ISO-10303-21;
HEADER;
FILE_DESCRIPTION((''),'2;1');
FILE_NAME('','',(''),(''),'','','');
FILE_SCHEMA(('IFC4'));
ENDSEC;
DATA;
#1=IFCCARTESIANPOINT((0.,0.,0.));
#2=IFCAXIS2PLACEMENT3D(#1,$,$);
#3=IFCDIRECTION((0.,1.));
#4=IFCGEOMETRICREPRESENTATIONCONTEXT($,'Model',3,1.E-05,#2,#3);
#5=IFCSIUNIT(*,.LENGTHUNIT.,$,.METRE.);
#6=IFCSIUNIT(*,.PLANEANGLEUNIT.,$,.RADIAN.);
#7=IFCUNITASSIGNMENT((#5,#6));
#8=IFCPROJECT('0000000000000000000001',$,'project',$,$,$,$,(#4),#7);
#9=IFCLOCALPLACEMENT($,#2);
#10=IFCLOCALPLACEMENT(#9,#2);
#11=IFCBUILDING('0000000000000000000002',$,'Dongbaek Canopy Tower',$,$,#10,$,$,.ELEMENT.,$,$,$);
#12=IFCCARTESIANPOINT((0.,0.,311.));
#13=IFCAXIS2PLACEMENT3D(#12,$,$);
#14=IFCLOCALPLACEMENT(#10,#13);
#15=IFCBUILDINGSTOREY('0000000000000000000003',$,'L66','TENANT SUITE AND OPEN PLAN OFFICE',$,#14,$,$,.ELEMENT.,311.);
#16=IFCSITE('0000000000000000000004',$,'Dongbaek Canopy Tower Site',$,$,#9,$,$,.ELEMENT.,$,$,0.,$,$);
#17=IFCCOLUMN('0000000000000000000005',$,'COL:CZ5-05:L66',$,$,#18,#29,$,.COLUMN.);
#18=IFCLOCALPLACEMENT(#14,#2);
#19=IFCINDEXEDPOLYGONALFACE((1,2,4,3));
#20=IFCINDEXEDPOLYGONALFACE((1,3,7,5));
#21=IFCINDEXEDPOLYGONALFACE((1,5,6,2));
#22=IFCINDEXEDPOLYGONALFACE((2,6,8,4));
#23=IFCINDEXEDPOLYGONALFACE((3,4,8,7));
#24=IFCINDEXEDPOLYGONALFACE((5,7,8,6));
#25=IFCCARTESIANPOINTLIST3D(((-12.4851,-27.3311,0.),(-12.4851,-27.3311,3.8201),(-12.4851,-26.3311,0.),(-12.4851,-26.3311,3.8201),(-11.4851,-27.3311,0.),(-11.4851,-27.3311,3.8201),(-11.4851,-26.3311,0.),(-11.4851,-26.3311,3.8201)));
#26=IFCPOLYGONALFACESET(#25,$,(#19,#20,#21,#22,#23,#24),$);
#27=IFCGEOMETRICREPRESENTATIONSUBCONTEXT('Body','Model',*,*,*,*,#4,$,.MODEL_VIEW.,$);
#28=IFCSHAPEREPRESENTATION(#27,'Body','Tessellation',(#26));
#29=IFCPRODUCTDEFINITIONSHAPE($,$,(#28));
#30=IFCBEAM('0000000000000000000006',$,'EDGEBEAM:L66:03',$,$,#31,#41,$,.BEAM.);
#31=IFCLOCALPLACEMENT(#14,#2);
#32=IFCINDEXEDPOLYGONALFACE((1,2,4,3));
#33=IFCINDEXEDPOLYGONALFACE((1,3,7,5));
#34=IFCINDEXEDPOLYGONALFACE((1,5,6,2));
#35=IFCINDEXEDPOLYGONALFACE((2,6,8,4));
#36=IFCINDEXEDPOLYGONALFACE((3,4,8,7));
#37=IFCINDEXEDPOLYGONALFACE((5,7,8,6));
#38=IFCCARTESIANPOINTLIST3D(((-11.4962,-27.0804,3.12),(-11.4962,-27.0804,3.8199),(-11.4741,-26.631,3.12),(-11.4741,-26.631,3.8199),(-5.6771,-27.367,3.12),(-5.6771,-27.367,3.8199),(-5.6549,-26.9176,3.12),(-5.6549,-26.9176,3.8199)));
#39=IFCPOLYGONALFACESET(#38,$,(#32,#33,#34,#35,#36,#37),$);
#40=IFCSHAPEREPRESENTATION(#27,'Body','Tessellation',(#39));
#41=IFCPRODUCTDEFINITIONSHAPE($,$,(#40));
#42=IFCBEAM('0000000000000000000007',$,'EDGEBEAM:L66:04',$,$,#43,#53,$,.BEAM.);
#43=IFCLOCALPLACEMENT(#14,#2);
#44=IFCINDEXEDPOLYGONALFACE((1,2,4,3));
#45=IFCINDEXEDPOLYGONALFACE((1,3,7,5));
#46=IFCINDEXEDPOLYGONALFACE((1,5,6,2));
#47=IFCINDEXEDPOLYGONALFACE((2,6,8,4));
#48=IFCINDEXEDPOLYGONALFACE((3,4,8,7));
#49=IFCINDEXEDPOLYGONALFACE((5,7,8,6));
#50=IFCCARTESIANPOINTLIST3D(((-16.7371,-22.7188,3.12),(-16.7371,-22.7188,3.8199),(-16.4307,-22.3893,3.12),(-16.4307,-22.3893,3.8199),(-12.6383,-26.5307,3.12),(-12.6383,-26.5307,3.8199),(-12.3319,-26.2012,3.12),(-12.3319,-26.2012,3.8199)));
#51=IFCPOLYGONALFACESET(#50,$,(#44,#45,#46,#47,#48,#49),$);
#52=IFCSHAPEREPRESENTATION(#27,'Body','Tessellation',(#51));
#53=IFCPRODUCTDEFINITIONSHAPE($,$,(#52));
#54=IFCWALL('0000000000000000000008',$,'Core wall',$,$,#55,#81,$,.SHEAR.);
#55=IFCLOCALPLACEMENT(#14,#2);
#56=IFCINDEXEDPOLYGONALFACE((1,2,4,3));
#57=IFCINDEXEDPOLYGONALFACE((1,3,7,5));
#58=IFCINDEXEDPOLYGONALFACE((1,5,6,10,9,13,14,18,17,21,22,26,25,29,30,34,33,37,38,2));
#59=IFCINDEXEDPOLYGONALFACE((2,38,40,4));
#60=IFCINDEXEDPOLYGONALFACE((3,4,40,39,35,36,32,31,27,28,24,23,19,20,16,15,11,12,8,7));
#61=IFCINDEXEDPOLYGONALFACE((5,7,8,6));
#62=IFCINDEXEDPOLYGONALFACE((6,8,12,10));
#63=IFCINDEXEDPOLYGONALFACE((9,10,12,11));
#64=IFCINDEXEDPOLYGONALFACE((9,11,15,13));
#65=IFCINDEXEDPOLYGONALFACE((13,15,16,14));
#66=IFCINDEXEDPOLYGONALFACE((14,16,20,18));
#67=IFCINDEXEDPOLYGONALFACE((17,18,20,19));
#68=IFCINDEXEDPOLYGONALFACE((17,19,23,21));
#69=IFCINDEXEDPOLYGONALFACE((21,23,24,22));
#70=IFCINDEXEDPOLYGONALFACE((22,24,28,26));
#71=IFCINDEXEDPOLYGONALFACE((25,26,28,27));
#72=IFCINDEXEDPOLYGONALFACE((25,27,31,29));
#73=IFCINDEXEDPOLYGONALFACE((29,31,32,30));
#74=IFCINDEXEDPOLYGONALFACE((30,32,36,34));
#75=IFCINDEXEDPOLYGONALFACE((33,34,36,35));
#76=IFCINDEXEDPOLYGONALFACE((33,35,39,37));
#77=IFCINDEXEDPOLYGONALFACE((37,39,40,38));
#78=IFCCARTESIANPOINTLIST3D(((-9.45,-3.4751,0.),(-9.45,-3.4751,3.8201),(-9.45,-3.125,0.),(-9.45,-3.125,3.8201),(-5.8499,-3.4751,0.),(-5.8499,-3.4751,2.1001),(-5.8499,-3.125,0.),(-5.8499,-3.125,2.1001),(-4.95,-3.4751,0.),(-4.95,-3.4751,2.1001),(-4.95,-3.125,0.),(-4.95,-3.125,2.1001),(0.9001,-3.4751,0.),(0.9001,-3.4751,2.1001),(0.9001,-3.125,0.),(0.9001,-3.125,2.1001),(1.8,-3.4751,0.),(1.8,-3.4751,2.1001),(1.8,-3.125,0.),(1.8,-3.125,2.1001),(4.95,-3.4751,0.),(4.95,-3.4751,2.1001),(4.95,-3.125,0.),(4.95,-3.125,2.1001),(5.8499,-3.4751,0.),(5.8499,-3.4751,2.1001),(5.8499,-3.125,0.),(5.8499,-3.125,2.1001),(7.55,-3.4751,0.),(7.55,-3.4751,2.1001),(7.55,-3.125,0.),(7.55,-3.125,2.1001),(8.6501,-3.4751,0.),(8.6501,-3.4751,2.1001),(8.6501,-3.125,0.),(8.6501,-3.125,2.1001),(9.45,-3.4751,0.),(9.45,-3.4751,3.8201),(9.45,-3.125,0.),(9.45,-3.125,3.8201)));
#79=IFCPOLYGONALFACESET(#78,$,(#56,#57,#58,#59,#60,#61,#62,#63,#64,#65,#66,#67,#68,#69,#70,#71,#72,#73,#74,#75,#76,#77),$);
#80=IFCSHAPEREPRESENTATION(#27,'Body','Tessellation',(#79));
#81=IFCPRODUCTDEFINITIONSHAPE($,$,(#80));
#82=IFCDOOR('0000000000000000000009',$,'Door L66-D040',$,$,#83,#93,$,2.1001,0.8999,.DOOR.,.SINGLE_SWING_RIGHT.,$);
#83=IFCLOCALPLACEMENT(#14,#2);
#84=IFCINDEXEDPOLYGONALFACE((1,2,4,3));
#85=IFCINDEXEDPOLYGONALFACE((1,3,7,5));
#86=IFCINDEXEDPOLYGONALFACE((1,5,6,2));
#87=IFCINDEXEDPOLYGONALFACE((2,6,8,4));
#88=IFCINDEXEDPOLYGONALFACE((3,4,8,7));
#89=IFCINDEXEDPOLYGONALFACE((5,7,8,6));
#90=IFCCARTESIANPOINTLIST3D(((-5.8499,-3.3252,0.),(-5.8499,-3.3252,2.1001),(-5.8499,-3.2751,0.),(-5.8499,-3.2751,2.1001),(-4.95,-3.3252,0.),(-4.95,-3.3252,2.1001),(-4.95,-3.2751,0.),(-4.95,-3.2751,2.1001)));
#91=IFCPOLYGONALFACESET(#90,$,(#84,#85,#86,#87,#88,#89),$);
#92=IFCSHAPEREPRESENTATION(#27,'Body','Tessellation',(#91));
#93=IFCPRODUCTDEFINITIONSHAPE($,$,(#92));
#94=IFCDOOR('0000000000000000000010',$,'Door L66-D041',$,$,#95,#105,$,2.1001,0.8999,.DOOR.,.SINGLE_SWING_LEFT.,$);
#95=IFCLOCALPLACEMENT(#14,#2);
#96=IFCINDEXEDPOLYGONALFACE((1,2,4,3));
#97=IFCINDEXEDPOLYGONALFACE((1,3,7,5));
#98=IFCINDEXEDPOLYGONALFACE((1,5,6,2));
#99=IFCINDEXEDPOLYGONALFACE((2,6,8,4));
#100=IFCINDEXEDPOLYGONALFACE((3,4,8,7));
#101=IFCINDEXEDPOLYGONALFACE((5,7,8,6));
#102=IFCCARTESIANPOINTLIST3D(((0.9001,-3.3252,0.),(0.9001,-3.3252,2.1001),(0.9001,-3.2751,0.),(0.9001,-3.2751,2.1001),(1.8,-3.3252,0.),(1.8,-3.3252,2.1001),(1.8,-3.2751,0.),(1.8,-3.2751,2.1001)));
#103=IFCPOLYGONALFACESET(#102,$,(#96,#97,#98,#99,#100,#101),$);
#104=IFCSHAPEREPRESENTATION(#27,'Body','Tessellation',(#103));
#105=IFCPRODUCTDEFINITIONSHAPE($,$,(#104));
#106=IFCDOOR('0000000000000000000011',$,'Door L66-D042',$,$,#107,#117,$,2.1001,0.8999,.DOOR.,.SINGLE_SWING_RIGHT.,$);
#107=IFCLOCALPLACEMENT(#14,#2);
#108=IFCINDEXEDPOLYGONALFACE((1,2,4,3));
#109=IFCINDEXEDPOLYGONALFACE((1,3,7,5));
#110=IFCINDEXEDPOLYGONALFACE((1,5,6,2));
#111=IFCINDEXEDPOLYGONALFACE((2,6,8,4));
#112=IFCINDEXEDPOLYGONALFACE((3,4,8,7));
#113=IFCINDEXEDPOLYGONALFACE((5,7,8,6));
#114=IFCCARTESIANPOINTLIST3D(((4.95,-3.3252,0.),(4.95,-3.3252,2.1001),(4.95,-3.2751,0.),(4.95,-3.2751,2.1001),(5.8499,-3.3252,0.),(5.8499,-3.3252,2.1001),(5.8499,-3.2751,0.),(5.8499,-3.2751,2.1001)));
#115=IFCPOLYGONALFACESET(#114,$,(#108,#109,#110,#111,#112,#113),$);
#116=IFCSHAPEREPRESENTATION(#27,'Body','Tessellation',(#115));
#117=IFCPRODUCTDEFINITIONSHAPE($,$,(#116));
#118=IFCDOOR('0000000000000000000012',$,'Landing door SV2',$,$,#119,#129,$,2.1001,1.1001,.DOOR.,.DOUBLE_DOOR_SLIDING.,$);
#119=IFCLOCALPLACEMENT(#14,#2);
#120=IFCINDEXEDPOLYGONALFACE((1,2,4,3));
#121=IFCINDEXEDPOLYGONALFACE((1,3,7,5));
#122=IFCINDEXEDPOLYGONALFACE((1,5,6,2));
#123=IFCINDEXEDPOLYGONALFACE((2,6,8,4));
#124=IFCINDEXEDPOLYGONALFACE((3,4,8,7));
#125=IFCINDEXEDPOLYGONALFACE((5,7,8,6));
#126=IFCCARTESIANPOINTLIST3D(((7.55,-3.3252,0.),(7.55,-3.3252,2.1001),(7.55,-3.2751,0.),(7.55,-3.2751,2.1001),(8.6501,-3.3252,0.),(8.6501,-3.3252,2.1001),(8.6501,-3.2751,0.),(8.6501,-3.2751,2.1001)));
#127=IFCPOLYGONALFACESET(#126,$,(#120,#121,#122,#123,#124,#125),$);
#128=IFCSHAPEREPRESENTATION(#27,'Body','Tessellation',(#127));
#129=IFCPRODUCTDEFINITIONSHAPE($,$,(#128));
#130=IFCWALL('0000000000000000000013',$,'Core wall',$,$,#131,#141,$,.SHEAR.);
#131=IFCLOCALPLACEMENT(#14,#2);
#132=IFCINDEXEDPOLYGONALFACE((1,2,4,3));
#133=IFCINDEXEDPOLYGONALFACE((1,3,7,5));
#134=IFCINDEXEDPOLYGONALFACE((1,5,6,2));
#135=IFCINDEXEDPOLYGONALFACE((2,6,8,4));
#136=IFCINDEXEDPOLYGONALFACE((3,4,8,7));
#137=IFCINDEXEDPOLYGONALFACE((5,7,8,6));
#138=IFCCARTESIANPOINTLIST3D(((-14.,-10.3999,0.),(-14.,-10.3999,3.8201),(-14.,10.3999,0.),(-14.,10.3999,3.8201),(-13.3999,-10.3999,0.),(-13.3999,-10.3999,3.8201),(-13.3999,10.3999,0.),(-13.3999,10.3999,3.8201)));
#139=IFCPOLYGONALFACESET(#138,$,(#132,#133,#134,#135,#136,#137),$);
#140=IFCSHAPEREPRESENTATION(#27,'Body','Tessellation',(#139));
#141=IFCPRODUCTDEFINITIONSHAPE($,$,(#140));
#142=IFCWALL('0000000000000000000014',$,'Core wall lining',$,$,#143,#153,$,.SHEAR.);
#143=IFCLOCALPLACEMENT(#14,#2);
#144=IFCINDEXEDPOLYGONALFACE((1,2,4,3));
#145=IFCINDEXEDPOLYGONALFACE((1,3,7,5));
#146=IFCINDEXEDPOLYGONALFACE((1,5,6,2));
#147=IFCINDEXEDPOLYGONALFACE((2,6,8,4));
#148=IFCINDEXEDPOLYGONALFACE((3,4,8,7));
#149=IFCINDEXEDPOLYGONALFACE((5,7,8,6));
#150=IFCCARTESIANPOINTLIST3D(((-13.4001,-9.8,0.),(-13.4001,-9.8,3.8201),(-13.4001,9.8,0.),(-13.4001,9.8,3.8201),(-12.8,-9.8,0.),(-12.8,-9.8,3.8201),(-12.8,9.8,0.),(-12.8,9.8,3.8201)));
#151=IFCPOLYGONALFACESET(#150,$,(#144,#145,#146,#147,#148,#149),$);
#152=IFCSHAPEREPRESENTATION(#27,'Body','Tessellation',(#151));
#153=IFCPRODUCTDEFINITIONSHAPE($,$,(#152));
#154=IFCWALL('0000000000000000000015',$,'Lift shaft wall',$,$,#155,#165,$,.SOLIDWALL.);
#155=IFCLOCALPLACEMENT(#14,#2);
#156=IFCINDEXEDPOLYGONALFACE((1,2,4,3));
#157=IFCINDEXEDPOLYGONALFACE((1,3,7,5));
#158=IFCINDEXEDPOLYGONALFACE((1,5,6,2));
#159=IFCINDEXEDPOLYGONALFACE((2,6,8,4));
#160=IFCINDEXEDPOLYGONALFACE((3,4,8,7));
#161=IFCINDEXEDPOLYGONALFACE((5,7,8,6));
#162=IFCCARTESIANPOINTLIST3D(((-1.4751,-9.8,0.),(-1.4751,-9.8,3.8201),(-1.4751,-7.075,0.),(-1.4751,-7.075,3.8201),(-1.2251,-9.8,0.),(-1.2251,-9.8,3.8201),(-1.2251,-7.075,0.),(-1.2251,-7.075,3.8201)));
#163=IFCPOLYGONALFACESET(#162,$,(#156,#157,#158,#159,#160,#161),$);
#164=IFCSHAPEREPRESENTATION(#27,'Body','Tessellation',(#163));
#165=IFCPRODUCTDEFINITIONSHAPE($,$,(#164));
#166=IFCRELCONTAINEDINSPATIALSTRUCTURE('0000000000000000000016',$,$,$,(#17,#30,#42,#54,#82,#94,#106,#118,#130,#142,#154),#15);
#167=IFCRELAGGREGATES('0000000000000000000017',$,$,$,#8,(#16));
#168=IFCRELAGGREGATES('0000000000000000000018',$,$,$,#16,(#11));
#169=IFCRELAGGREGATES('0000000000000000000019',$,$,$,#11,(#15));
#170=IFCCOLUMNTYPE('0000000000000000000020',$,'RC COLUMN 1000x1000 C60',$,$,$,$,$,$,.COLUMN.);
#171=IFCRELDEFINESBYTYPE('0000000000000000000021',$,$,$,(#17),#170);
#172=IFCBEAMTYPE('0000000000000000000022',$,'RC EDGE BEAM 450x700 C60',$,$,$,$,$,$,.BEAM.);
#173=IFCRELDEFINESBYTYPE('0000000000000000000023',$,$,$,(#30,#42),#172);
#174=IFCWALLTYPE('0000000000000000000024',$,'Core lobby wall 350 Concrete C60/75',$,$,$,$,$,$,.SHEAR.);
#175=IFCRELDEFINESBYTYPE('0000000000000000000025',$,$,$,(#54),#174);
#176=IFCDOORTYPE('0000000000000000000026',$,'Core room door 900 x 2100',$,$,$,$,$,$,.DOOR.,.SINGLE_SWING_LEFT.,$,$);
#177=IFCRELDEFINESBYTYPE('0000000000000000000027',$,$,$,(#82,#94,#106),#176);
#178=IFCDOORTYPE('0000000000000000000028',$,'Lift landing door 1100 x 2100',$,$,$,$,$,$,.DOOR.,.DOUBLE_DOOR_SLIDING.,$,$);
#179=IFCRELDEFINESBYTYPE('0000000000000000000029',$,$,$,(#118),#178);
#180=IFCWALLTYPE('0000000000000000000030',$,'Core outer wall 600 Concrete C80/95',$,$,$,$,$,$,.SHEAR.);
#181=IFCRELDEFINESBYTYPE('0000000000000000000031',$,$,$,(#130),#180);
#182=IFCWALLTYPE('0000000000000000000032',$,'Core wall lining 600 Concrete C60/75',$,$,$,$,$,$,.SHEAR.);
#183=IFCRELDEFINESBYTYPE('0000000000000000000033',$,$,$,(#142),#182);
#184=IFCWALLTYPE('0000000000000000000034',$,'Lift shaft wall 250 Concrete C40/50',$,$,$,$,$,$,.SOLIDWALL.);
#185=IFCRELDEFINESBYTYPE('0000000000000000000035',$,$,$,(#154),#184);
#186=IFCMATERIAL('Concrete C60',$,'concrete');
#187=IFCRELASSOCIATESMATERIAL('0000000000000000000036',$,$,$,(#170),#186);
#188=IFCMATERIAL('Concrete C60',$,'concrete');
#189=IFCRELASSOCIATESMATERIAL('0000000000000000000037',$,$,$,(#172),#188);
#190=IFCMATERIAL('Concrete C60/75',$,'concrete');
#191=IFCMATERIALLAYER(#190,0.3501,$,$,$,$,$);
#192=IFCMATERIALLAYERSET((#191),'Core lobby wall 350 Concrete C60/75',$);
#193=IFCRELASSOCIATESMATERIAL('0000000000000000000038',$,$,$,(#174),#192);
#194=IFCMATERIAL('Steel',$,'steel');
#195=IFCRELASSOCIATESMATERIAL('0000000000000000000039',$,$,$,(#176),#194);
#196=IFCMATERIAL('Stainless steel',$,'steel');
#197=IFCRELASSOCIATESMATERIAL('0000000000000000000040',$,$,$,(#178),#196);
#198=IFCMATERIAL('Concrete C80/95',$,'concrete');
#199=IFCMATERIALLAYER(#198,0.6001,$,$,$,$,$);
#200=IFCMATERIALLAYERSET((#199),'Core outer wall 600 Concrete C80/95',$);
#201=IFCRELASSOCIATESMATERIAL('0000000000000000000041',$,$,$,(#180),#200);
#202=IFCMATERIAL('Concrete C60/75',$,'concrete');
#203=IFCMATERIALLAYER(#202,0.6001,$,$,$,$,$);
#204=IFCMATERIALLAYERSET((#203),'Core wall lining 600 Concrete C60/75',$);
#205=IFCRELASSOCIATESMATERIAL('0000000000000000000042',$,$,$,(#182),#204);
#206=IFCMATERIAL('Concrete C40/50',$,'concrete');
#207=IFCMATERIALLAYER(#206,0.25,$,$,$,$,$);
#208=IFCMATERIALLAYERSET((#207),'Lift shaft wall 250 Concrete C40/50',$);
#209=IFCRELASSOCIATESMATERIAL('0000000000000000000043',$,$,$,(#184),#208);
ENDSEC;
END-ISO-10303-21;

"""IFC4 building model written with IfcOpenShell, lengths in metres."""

from ifc_helpers import new_model, si_unit, direction, frame, frame_2d, origin, origin_2d, place, context, subcontext, project, spatial, rectangle, extrude, material, layer, layer_set, material_profile, profile_set, type_object, element, fill, save


model = new_model("IFC4")

# Units and contexts
model_context = context("Model", 3, precision=1e-05, world=origin(), true_north=direction((0.0, 1.0)))
body_context = subcontext(model_context, "Body", "Model", "MODEL_VIEW")
ifc_project = project(units=[si_unit("LENGTHUNIT", "METRE"), si_unit("PLANEANGLEUNIT", "RADIAN")], contexts=[model_context])

# Site, building, storey
site_placement = place(None, origin())
site = spatial("IfcSite", under=ifc_project, at=site_placement, Name="Dongbaek Canopy Tower Site", CompositionType="ELEMENT", RefElevation=0.0)
building_placement = place(site_placement, origin())
building = spatial("IfcBuilding", under=site, at=building_placement, Name="Dongbaek Canopy Tower", CompositionType="ELEMENT")
storey_placement = place(building_placement, frame((0.0, 0.0, 311.0)))
storey = spatial("IfcBuildingStorey", under=building, at=storey_placement, Name="L66", Description="TENANT SUITE AND OPEN PLAN OFFICE", CompositionType="ELEMENT", Elevation=311.0)

# Column
ifc_material_1 = material(Name="Concrete C60", Category="concrete")
ifc_material_profile_1 = material_profile(ifc_material_1, rectangle(XDim=1.0, YDim=1.0, at=origin_2d()), Name="RC COLUMN 1000x1000 C60")
ifc_profile_set_1 = profile_set([ifc_material_profile_1], Name="Concrete C60")
column_type = type_object("IfcColumnType", Name="RC COLUMN 1000x1000 C60", PredefinedType="COLUMN", material=ifc_profile_set_1)
column_placement = place(storey_placement, frame((-11.9851, -26.8311, 0.0), z_axis=(0.0, 0.0, 1.0), x_axis=(1.0, 0.0, 0.0)))
element("IfcColumn", 1, at=column_placement, inside=storey, type_object=column_type, Name="COL:CZ5-05:L66", PredefinedType="COLUMN", context=body_context, shape_type="SweptSolid", body=[
    extrude(rectangle(XDim=1.0, YDim=1.0, at=origin_2d()), origin(), (0.0, 0.0, 1.0), 3.8201),
])

# Beams
ifc_material_2 = material(Name="Concrete C60", Category="concrete")
ifc_material_profile_2 = material_profile(ifc_material_2, rectangle(XDim=0.45, YDim=0.7, at=origin_2d()), Name="RC EDGE BEAM 450x700 C60")
ifc_profile_set_2 = profile_set([ifc_material_profile_2], Name="Concrete C60")
beam_type = type_object("IfcBeamType", Name="RC EDGE BEAM 450x700 C60", PredefinedType="BEAM", material=ifc_profile_set_2)
beam_1_placement = place(storey_placement, frame((-5.666, -27.1423, 3.47), z_axis=(-0.998789, 0.049196, 0.0), x_axis=(-0.049196, -0.998789, 0.0)))
element("IfcBeam", 2, at=beam_1_placement, inside=storey, type_object=beam_type, Name="EDGEBEAM:L66:03", PredefinedType="BEAM", context=body_context, shape_type="SweptSolid", body=[
    extrude(rectangle(XDim=0.45, YDim=0.7, at=origin_2d()), origin(), (0.0, 0.0, 1.0), 5.8262),
])
beam_2_placement = place(storey_placement, frame((-12.4851, -26.366, 3.47), z_axis=(-0.732267, 0.681018, 0.0), x_axis=(-0.681018, -0.732267, 0.0)))
element("IfcBeam", 3, at=beam_2_placement, inside=storey, type_object=beam_type, Name="EDGEBEAM:L66:04", PredefinedType="BEAM", context=body_context, shape_type="SweptSolid", body=[
    extrude(rectangle(XDim=0.45, YDim=0.7, at=origin_2d()), origin(), (0.0, 0.0, 1.0), 5.5974),
])

# Wall, openings, doors
ifc_material_3 = material(Name="Concrete C60/75", Category="concrete")
ifc_layer_1 = layer(ifc_material_3, 0.3501)
ifc_layer_set_1 = layer_set([ifc_layer_1], Name="Core lobby wall 350 Concrete C60/75")
wall_type_1 = type_object("IfcWallType", Name="Core lobby wall 350 Concrete C60/75", PredefinedType="SHEAR", material=ifc_layer_set_1)
wall_1_placement = place(storey_placement, frame((-9.45, -3.3, 0.0), z_axis=(0.0, 0.0, 1.0), x_axis=(1.0, 0.0, 0.0)))
wall_1 = element("IfcWall", 4, at=wall_1_placement, inside=storey, type_object=wall_type_1, Name="Core wall", PredefinedType="SHEAR", context=body_context, shape_type="SweptSolid", body=[
    extrude(rectangle(XDim=18.8999, YDim=0.3501, at=frame_2d((9.45, 0.0))), origin(), (0.0, 0.0, 1.0), 3.8201),
])
opening_1_placement = place(wall_1_placement, frame((17.0, 0.0, 0.0)))
opening_1 = element("IfcOpeningElement", 5, at=opening_1_placement, cuts=wall_1, PredefinedType="OPENING", context=body_context, shape_type="SweptSolid", body=[
    extrude(rectangle(XDim=1.1001, YDim=2.1001, at=frame_2d((0.55, 1.05))), frame((0.0, 0.1851, 0.0), z_axis=(0.0, -1.0, 0.0), x_axis=(1.0, 0.0, 0.0)), (0.0, 0.0, 1.0), 0.3701),
])
opening_2_placement = place(wall_1_placement, frame((3.6001, 0.0, 0.0)))
opening_2 = element("IfcOpeningElement", 6, at=opening_2_placement, cuts=wall_1, PredefinedType="OPENING", context=body_context, shape_type="SweptSolid", body=[
    extrude(rectangle(XDim=0.8999, YDim=2.1001, at=frame_2d((0.45, 1.05))), frame((0.0, 0.1851, 0.0), z_axis=(0.0, -1.0, 0.0), x_axis=(1.0, 0.0, 0.0)), (0.0, 0.0, 1.0), 0.3701),
])
opening_3_placement = place(wall_1_placement, frame((10.3501, 0.0, 0.0)))
opening_3 = element("IfcOpeningElement", 7, at=opening_3_placement, cuts=wall_1, PredefinedType="OPENING", context=body_context, shape_type="SweptSolid", body=[
    extrude(rectangle(XDim=0.8999, YDim=2.1001, at=frame_2d((0.45, 1.05))), frame((0.0, 0.1851, 0.0), z_axis=(0.0, -1.0, 0.0), x_axis=(1.0, 0.0, 0.0)), (0.0, 0.0, 1.0), 0.3701),
])
opening_4_placement = place(wall_1_placement, frame((14.3999, 0.0, 0.0)))
opening_4 = element("IfcOpeningElement", 8, at=opening_4_placement, cuts=wall_1, PredefinedType="OPENING", context=body_context, shape_type="SweptSolid", body=[
    extrude(rectangle(XDim=0.8999, YDim=2.1001, at=frame_2d((0.45, 1.05))), frame((0.0, 0.1851, 0.0), z_axis=(0.0, -1.0, 0.0), x_axis=(1.0, 0.0, 0.0)), (0.0, 0.0, 1.0), 0.3701),
])
ifc_material_4 = material(Name="Steel", Category="steel")
door_type_1 = type_object("IfcDoorType", Name="Core room door 900 x 2100", OperationType="SINGLE_SWING_LEFT", PredefinedType="DOOR", material=ifc_material_4)
door_1_placement = place(opening_2_placement, origin())
door_1 = element("IfcDoor", 9, at=door_1_placement, inside=storey, type_object=door_type_1, Name="Door L66-D040", OperationType="SINGLE_SWING_RIGHT", OverallHeight=2.1001, OverallWidth=0.8999, PredefinedType="DOOR", context=body_context, shape_type="SweptSolid", body=[
    extrude(rectangle(XDim=0.8999, YDim=2.1001, at=frame_2d((0.45, 1.05))), frame((0.0, 0.0249, 0.0), z_axis=(0.0, -1.0, 0.0), x_axis=(1.0, 0.0, 0.0)), (0.0, 0.0, 1.0), 0.05),
])
fill(opening_2, door_1)
door_2_placement = place(opening_3_placement, origin())
door_2 = element("IfcDoor", 10, at=door_2_placement, inside=storey, type_object=door_type_1, Name="Door L66-D041", OperationType="SINGLE_SWING_LEFT", OverallHeight=2.1001, OverallWidth=0.8999, PredefinedType="DOOR", context=body_context, shape_type="SweptSolid", body=[
    extrude(rectangle(XDim=0.8999, YDim=2.1001, at=frame_2d((0.45, 1.05))), frame((0.0, 0.0249, 0.0), z_axis=(0.0, -1.0, 0.0), x_axis=(1.0, 0.0, 0.0)), (0.0, 0.0, 1.0), 0.05),
])
fill(opening_3, door_2)
door_3_placement = place(opening_4_placement, origin())
door_3 = element("IfcDoor", 11, at=door_3_placement, inside=storey, type_object=door_type_1, Name="Door L66-D042", OperationType="SINGLE_SWING_RIGHT", OverallHeight=2.1001, OverallWidth=0.8999, PredefinedType="DOOR", context=body_context, shape_type="SweptSolid", body=[
    extrude(rectangle(XDim=0.8999, YDim=2.1001, at=frame_2d((0.45, 1.05))), frame((0.0, 0.0249, 0.0), z_axis=(0.0, -1.0, 0.0), x_axis=(1.0, 0.0, 0.0)), (0.0, 0.0, 1.0), 0.05),
])
fill(opening_4, door_3)
ifc_material_5 = material(Name="Stainless steel", Category="steel")
door_type_2 = type_object("IfcDoorType", Name="Lift landing door 1100 x 2100", OperationType="DOUBLE_DOOR_SLIDING", PredefinedType="DOOR", material=ifc_material_5)
door_4_placement = place(opening_1_placement, origin())
door_4 = element("IfcDoor", 12, at=door_4_placement, inside=storey, type_object=door_type_2, Name="Landing door SV2", OperationType="DOUBLE_DOOR_SLIDING", OverallHeight=2.1001, OverallWidth=1.1001, PredefinedType="DOOR", context=body_context, shape_type="SweptSolid", body=[
    extrude(rectangle(XDim=1.1001, YDim=2.1001, at=frame_2d((0.55, 1.05))), frame((0.0, 0.0249, 0.0), z_axis=(0.0, -1.0, 0.0), x_axis=(1.0, 0.0, 0.0)), (0.0, 0.0, 1.0), 0.05),
])
fill(opening_1, door_4)

# Walls
ifc_material_6 = material(Name="Concrete C80/95", Category="concrete")
ifc_layer_2 = layer(ifc_material_6, 0.6001)
ifc_layer_set_2 = layer_set([ifc_layer_2], Name="Core outer wall 600 Concrete C80/95")
wall_type_2 = type_object("IfcWallType", Name="Core outer wall 600 Concrete C80/95", PredefinedType="SHEAR", material=ifc_layer_set_2)
wall_2_placement = place(storey_placement, frame((-13.7, -10.3999, 0.0), z_axis=(0.0, 0.0, 1.0), x_axis=(0.0, 1.0, 0.0)))
element("IfcWall", 13, at=wall_2_placement, inside=storey, type_object=wall_type_2, Name="Core wall", PredefinedType="SHEAR", context=body_context, shape_type="SweptSolid", body=[
    extrude(rectangle(XDim=20.7998, YDim=0.6001, at=frame_2d((10.3999, 0.0))), origin(), (0.0, 0.0, 1.0), 3.8201),
])
ifc_material_7 = material(Name="Concrete C60/75", Category="concrete")
ifc_layer_3 = layer(ifc_material_7, 0.6001)
ifc_layer_set_3 = layer_set([ifc_layer_3], Name="Core wall lining 600 Concrete C60/75")
wall_type_3 = type_object("IfcWallType", Name="Core wall lining 600 Concrete C60/75", PredefinedType="SHEAR", material=ifc_layer_set_3)
wall_3_placement = place(storey_placement, frame((-13.1001, -9.8, 0.0), z_axis=(0.0, 0.0, 1.0), x_axis=(0.0, 1.0, 0.0)))
element("IfcWall", 14, at=wall_3_placement, inside=storey, type_object=wall_type_3, Name="Core wall lining", PredefinedType="SHEAR", context=body_context, shape_type="SweptSolid", body=[
    extrude(rectangle(XDim=19.6001, YDim=0.6001, at=frame_2d((9.8, 0.0))), origin(), (0.0, 0.0, 1.0), 3.8201),
])
ifc_material_8 = material(Name="Concrete C40/50", Category="concrete")
ifc_layer_4 = layer(ifc_material_8, 0.25)
ifc_layer_set_4 = layer_set([ifc_layer_4], Name="Lift shaft wall 250 Concrete C40/50")
wall_type_4 = type_object("IfcWallType", Name="Lift shaft wall 250 Concrete C40/50", PredefinedType="SOLIDWALL", material=ifc_layer_set_4)
for number, where, z_axis, x_axis, name in (
    (15, (-1.3501, -9.8, 0.0), (0.0, 0.0, 1.0), (0.0, 1.0, 0.0), "Lift shaft wall"),
):
    element("IfcWall", number, at=place(storey_placement, frame(where, z_axis=z_axis, x_axis=x_axis)), inside=storey, type_object=wall_type_4, Name=name, PredefinedType="SOLIDWALL", context=body_context, shape_type="SweptSolid", body=[
        extrude(rectangle(XDim=2.7251, YDim=0.25, at=frame_2d((1.3625, 0.0))), origin(), (0.0, 0.0, 1.0), 3.8201),
    ])

save(model, "model.ifc")
